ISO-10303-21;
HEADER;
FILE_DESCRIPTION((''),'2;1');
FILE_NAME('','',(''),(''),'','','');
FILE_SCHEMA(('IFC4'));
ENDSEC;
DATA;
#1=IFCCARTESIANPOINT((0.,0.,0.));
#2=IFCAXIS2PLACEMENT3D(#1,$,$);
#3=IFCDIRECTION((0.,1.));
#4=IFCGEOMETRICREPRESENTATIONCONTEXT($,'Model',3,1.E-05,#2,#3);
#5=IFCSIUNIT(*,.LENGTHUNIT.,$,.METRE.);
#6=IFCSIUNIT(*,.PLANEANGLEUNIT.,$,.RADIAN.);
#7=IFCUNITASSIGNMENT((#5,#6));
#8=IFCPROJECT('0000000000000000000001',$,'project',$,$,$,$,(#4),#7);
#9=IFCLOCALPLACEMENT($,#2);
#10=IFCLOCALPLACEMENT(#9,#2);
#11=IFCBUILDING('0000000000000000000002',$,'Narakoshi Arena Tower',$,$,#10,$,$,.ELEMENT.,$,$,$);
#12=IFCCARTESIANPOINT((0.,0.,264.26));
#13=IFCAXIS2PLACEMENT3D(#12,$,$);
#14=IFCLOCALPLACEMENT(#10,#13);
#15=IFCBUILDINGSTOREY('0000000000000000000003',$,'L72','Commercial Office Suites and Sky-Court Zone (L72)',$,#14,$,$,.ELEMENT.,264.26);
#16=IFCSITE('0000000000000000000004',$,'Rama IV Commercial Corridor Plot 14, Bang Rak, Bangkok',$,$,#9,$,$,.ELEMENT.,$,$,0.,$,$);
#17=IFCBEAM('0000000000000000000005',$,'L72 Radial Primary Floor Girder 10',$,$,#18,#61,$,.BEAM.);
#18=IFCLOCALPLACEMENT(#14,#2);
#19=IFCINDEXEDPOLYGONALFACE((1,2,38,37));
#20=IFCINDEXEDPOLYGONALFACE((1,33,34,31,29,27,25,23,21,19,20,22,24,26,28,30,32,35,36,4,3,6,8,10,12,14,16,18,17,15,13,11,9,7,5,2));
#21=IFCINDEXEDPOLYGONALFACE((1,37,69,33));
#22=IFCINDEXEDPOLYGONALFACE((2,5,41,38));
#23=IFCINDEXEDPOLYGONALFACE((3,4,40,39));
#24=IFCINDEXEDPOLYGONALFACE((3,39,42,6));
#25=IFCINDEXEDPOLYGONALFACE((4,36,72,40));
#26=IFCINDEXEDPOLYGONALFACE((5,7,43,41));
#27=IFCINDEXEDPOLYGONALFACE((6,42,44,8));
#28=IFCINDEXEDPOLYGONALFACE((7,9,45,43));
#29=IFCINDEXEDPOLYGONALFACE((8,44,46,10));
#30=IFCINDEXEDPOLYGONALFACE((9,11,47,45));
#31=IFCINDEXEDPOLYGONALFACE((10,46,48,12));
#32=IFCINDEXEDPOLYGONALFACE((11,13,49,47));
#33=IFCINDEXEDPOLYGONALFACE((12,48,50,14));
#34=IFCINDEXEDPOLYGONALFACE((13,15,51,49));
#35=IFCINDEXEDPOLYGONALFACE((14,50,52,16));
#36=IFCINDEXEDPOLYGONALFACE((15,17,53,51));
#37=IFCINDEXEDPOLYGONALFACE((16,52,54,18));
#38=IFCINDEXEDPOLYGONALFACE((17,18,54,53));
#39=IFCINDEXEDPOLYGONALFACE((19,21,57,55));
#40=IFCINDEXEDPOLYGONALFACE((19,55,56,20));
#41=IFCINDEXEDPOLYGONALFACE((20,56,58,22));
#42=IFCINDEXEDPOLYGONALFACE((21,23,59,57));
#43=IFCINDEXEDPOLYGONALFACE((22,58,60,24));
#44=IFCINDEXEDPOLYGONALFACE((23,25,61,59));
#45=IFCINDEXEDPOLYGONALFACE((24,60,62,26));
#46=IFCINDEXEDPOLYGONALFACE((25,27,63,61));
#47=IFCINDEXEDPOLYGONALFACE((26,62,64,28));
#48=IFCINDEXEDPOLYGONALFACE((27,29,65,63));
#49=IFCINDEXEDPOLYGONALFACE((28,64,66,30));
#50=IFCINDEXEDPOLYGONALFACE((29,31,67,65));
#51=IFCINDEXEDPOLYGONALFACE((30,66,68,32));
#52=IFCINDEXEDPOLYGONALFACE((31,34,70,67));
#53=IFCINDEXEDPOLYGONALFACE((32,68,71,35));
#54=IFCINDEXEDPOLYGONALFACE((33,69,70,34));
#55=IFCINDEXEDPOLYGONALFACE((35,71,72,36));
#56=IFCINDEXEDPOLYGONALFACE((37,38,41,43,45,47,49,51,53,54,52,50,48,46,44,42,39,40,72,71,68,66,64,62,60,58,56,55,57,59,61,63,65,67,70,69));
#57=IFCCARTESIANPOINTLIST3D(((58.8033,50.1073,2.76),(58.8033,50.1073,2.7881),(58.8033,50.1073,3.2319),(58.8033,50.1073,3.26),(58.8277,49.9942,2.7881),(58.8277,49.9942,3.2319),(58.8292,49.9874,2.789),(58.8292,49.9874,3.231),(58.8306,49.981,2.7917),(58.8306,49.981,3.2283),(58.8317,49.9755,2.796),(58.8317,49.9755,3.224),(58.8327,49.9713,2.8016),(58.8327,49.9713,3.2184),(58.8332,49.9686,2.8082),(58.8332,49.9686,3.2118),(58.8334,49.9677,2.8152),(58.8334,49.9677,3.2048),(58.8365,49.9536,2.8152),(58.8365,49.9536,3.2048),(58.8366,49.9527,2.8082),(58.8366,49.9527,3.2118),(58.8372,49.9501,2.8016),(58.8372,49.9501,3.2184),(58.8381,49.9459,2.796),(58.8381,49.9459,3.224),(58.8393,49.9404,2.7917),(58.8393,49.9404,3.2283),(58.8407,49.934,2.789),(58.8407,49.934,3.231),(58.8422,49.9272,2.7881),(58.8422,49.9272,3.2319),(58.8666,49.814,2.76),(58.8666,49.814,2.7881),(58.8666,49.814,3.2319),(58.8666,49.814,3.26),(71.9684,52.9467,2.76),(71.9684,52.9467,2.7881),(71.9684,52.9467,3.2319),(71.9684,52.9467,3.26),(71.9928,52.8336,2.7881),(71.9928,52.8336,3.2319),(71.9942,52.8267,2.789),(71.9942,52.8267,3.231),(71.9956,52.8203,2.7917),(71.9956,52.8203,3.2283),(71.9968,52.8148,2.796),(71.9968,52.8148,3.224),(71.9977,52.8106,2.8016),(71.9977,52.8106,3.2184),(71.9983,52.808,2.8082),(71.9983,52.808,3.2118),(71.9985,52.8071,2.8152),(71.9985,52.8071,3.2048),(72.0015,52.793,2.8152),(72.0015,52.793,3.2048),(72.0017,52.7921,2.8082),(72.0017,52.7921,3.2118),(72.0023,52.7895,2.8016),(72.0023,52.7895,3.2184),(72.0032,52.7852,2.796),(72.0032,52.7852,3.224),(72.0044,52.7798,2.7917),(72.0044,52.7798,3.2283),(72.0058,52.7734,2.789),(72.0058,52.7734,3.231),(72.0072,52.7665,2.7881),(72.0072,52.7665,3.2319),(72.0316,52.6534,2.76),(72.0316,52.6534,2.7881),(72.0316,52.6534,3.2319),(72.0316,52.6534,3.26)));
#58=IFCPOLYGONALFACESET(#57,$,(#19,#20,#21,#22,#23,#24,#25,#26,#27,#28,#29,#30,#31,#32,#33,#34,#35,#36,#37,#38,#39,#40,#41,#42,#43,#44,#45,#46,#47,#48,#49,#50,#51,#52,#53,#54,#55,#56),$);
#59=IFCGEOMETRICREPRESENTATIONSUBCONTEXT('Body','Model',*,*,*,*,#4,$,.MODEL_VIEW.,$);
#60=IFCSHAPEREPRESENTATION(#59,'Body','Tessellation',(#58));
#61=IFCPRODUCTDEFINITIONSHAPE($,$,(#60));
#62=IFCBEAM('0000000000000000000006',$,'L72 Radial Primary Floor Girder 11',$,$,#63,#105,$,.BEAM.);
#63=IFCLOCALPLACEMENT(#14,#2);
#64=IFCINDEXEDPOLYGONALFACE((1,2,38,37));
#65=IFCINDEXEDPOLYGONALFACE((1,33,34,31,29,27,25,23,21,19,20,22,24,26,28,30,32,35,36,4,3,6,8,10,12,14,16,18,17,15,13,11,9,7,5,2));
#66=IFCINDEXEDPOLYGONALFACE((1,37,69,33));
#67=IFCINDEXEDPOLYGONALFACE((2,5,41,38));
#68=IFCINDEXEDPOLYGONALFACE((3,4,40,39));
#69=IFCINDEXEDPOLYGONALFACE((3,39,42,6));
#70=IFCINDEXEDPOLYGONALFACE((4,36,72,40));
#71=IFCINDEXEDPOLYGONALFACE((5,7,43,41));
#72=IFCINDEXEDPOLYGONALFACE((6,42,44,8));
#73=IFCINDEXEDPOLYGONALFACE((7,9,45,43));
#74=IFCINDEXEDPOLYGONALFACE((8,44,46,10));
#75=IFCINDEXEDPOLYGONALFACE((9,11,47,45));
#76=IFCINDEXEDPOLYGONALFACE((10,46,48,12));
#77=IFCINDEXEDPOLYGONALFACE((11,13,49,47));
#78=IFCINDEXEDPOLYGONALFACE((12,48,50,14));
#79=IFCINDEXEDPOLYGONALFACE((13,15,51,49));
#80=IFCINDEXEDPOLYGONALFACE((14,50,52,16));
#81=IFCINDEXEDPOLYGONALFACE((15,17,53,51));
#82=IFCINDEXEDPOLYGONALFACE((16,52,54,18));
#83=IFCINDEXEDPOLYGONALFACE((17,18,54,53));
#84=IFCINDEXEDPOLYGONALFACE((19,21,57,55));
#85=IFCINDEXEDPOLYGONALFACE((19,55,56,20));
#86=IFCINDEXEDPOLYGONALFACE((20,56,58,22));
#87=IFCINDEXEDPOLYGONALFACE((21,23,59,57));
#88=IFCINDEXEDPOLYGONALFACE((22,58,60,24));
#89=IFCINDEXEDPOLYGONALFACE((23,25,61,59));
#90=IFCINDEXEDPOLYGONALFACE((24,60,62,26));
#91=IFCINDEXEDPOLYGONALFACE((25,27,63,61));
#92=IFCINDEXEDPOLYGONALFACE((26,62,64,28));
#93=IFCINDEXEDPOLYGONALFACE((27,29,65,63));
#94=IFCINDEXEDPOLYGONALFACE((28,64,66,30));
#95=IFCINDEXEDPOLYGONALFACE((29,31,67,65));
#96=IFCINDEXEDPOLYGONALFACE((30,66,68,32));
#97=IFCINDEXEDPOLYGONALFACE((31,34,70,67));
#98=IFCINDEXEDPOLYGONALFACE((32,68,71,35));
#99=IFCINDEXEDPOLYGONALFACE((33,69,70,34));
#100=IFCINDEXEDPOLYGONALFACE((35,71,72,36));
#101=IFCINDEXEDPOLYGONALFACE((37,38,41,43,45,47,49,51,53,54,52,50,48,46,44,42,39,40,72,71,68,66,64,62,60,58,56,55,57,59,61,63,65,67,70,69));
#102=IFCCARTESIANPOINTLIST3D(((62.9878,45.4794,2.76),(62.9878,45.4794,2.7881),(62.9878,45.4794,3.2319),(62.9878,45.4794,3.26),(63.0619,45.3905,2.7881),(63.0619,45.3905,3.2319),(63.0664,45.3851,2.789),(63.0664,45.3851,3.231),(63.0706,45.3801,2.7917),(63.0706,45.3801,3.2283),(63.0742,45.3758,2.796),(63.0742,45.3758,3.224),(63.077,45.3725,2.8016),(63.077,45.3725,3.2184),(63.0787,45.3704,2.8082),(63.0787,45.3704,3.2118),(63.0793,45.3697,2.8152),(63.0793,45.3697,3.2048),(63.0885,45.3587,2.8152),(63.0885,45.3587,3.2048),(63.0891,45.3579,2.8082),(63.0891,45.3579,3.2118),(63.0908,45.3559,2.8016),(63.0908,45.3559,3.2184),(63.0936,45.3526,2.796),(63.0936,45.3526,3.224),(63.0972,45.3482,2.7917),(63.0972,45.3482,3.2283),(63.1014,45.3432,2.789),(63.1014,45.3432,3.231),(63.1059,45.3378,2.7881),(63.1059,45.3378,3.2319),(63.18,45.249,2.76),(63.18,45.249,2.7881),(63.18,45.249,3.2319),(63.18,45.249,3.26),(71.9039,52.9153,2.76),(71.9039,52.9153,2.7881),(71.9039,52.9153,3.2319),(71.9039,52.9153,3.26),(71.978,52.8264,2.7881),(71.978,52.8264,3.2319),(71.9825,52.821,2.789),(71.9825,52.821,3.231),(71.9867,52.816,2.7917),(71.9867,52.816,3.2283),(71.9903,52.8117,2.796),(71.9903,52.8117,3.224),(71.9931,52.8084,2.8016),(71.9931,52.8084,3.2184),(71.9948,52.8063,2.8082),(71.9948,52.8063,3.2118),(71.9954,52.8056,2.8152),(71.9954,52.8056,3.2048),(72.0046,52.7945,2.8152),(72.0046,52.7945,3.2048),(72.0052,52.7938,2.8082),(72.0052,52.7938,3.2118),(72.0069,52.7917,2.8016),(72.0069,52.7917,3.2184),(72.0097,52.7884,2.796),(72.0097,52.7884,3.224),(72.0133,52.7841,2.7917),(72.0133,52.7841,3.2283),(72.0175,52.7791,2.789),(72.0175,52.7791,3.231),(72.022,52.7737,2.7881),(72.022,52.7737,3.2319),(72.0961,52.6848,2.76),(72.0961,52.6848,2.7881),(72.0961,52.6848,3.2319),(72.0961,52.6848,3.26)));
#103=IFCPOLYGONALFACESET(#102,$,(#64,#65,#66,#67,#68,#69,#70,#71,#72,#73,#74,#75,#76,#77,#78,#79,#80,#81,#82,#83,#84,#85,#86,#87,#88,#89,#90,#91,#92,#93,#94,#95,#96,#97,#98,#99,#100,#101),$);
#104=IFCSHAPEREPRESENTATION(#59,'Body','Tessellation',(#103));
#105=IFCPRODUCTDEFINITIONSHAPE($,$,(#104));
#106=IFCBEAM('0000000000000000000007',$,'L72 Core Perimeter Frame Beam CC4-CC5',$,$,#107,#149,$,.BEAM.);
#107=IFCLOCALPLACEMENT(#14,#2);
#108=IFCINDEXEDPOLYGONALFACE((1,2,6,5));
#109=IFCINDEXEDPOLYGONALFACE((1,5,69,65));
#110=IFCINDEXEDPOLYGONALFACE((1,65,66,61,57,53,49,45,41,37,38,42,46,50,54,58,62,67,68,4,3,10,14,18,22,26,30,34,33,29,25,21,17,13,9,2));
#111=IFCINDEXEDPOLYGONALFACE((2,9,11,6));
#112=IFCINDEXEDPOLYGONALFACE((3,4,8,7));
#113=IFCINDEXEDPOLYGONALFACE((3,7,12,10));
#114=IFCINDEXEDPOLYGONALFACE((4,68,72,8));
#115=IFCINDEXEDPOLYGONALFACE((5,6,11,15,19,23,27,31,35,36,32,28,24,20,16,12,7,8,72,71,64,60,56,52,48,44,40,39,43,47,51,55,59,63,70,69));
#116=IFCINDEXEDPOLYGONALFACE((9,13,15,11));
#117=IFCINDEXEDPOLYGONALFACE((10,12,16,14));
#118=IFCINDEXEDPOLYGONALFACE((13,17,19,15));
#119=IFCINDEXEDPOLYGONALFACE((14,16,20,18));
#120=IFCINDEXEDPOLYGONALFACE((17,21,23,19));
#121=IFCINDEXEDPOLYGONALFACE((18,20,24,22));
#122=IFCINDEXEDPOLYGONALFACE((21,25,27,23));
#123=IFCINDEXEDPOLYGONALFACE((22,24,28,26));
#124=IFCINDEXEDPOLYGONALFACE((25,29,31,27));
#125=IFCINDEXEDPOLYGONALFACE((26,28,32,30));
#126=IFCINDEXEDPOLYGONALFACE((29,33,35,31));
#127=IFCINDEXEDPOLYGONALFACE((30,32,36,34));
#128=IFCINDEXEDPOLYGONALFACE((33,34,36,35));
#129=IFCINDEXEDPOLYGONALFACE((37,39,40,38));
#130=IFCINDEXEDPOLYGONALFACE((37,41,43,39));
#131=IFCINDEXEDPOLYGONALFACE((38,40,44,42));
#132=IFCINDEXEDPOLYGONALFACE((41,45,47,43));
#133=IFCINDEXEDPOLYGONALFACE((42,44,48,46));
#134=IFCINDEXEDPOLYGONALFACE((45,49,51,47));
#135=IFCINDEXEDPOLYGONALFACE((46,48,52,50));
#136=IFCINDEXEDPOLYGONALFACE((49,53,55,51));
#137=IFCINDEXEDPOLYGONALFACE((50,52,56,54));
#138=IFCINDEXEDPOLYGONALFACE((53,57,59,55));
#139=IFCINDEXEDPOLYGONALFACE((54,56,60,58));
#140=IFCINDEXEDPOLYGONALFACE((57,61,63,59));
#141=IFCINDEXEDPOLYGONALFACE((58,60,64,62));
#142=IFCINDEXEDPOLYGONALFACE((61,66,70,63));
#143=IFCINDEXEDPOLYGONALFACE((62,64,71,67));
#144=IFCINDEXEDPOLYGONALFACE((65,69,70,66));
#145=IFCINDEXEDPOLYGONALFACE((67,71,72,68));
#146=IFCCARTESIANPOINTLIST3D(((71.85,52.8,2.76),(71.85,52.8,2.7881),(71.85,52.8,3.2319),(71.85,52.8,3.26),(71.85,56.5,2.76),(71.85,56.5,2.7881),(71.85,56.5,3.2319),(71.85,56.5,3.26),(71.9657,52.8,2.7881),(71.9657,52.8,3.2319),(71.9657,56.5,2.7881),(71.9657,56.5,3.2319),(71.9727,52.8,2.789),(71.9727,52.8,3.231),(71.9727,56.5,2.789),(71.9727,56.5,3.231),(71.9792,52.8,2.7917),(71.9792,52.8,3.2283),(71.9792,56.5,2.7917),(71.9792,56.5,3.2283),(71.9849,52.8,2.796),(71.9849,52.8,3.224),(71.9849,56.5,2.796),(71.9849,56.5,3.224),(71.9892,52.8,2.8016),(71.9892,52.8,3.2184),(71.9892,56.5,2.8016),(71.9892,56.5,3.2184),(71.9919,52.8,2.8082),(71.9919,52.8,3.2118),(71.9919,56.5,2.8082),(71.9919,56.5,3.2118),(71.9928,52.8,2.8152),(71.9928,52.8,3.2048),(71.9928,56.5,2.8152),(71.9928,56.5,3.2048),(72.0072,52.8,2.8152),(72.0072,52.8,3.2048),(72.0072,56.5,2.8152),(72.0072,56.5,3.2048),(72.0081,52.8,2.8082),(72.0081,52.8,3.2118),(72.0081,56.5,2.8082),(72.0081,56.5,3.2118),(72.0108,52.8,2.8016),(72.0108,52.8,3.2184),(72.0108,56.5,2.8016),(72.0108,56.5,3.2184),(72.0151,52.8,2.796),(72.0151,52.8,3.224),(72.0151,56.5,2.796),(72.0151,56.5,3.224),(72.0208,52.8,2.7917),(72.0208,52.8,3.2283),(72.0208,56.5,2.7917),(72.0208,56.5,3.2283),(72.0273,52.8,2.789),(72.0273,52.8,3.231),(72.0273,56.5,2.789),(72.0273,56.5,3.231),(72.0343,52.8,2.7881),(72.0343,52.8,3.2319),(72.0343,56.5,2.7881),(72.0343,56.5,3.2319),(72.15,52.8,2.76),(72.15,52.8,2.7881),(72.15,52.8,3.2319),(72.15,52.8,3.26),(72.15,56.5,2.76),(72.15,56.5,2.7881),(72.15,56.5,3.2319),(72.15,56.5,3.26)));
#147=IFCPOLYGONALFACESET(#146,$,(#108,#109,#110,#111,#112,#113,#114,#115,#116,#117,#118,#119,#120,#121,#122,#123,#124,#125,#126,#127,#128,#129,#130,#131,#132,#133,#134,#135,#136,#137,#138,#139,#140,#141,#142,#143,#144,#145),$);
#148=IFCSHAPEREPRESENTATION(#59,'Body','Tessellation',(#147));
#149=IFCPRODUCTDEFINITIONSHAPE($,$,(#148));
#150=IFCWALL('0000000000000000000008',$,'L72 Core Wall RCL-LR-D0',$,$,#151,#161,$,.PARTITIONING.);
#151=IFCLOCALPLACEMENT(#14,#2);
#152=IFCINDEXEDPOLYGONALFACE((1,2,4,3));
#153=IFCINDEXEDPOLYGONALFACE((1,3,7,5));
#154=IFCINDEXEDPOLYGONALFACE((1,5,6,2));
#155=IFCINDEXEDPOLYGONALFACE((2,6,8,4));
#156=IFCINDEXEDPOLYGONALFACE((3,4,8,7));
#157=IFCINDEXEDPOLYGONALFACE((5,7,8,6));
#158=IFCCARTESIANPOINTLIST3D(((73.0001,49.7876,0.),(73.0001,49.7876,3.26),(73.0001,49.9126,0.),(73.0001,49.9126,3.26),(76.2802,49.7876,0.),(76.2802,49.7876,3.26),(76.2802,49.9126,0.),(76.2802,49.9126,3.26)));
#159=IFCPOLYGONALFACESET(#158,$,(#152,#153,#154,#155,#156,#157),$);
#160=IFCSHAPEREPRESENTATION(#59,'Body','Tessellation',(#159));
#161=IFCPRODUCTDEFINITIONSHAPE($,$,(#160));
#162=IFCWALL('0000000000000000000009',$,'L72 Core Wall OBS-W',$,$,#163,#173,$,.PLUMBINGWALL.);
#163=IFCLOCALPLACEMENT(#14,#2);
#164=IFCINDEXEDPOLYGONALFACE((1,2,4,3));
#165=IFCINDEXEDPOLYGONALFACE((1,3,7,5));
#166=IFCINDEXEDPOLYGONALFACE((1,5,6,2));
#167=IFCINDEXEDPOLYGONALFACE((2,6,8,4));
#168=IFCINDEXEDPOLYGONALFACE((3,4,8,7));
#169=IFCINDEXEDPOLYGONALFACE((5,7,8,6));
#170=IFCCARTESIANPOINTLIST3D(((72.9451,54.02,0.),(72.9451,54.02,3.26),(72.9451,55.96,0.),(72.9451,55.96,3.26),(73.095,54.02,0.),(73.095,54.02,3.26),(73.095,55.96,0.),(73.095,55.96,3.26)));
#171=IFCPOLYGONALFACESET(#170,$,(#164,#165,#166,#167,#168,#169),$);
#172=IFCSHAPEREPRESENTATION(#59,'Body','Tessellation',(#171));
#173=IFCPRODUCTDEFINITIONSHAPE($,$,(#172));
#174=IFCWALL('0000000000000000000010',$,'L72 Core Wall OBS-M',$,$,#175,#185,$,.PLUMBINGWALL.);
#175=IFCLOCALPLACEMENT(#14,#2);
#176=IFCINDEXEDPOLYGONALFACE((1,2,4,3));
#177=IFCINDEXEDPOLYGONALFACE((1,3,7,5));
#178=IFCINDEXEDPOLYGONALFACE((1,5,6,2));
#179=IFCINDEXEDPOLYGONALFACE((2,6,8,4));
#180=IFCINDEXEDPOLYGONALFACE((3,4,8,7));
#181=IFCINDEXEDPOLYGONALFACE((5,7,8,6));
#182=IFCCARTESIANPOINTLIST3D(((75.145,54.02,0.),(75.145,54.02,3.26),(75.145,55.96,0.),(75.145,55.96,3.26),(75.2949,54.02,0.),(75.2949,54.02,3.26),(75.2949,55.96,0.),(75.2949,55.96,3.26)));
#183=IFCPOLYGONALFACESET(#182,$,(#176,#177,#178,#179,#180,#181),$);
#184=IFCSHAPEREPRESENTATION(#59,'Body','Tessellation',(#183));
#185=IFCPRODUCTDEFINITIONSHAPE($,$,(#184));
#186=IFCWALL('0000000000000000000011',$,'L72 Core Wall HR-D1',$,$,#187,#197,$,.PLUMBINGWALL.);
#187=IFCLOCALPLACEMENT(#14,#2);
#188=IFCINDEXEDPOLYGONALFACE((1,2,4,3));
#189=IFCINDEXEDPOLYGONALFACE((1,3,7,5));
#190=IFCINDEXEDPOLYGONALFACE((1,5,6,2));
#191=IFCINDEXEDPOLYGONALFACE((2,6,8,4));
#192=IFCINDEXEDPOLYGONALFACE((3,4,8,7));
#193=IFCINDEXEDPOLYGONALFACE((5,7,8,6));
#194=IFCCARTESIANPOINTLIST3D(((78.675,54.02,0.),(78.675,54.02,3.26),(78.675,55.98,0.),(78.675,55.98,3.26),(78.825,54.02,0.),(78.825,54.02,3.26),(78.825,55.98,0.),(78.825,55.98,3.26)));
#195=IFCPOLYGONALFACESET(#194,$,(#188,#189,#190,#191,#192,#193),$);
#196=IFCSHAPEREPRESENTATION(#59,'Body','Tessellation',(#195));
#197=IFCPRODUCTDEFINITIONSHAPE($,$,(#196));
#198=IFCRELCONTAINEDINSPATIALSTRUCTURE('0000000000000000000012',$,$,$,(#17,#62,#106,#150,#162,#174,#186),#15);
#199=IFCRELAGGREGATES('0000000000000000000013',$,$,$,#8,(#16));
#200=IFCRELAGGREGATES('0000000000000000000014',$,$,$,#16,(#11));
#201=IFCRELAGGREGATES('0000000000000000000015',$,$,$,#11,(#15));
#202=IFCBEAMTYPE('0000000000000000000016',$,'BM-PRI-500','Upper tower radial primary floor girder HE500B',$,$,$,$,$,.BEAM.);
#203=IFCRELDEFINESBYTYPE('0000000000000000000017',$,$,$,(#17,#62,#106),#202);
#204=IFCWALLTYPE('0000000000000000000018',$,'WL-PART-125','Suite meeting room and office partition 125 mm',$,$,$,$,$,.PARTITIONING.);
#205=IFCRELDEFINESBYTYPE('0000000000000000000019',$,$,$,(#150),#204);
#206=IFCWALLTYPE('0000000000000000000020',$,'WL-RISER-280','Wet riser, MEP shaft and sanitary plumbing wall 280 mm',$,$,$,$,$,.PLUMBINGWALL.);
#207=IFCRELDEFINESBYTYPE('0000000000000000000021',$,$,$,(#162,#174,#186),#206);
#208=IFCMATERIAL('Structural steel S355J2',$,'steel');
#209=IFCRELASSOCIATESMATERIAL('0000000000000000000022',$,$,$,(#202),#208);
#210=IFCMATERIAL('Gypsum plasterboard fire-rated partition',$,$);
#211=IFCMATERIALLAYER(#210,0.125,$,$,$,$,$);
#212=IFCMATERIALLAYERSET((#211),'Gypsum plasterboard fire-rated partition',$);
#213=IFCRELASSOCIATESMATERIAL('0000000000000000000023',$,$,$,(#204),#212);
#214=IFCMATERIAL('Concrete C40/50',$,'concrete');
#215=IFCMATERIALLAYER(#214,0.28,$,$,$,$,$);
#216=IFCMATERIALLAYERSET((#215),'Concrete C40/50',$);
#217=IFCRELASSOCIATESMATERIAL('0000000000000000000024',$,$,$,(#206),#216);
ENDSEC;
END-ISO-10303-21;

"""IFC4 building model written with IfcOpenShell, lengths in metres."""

from ifc_helpers import new_model, si_unit, direction, frame, frame_2d, origin, origin_2d, place, context, subcontext, project, spatial, rectangle, i_section, extrude, material, layer, layer_set, material_profile, profile_set, type_object, element, save


model = new_model("IFC4")

# Units and contexts
model_context = context("Model", 3, precision=1e-05, world=origin(), true_north=direction((0.0, 1.0)))
body_context = subcontext(model_context, "Body", "Model", "MODEL_VIEW")
ifc_project = project(units=[si_unit("LENGTHUNIT", "METRE"), si_unit("PLANEANGLEUNIT", "RADIAN")], contexts=[model_context])

# Site, building, storey
site_placement = place(None, origin())
site = spatial("IfcSite", under=ifc_project, at=site_placement, Name="Rama IV Commercial Corridor Plot 14, Bang Rak, Bangkok", CompositionType="ELEMENT", RefElevation=0.0)
building_placement = place(site_placement, origin())
building = spatial("IfcBuilding", under=site, at=building_placement, Name="Narakoshi Arena Tower", CompositionType="ELEMENT")
storey_placement = place(building_placement, frame((0.0, 0.0, 264.26)))
storey = spatial("IfcBuildingStorey", under=building, at=storey_placement, Name="L72", Description="Commercial Office Suites and Sky-Court Zone (L72)", CompositionType="ELEMENT", Elevation=264.26)

# Beams
ifc_material_1 = material(Name="Structural steel S355J2", Category="steel")
ifc_material_profile = material_profile(ifc_material_1, i_section(OverallWidth=0.3, OverallDepth=0.5, WebThickness=0.0144, FlangeThickness=0.0281, FilletRadius=0.0271, at=origin_2d()), Name="HE500B")
ifc_profile_set = profile_set([ifc_material_profile], Name="Structural steel S355J2")
beam_type = type_object("IfcBeamType", Name="BM-PRI-500", Description="Upper tower radial primary floor girder HE500B", PredefinedType="BEAM", material=ifc_profile_set)
beam_1_placement = place(storey_placement, frame((72.0, 52.8, 3.01), z_axis=(-0.977524, -0.210826, 0.0), x_axis=(0.210826, -0.977524, 0.0)))
element("IfcBeam", 1, at=beam_1_placement, inside=storey, type_object=beam_type, Name="L72 Radial Primary Floor Girder 10", PredefinedType="BEAM", context=body_context, shape_type="SweptSolid", body=[
    extrude(i_section(OverallWidth=0.3, OverallDepth=0.5, WebThickness=0.0144, FlangeThickness=0.0281, FilletRadius=0.0271, at=origin_2d()), origin(), (0.0, 0.0, 1.0), 13.4678),
])
beam_2_placement = place(storey_placement, frame((72.0, 52.8, 3.01), z_axis=(-0.767976, -0.640478, 0.0), x_axis=(0.640478, -0.767976, 0.0)))
element("IfcBeam", 2, at=beam_2_placement, inside=storey, type_object=beam_type, Name="L72 Radial Primary Floor Girder 11", PredefinedType="BEAM", context=body_context, shape_type="SweptSolid", body=[
    extrude(i_section(OverallWidth=0.3, OverallDepth=0.5, WebThickness=0.0144, FlangeThickness=0.0281, FilletRadius=0.0271, at=origin_2d()), origin(), (0.0, 0.0, 1.0), 11.6099),
])
beam_3_placement = place(storey_placement, frame((72.0, 52.8, 3.01), z_axis=(0.0, 1.0, 0.0), x_axis=(-1.0, 0.0, 0.0)))
element("IfcBeam", 3, at=beam_3_placement, inside=storey, type_object=beam_type, Name="L72 Core Perimeter Frame Beam CC4-CC5", PredefinedType="BEAM", context=body_context, shape_type="SweptSolid", body=[
    extrude(i_section(OverallWidth=0.3, OverallDepth=0.5, WebThickness=0.0144, FlangeThickness=0.0281, FilletRadius=0.0271, at=origin_2d()), origin(), (0.0, 0.0, 1.0), 3.7),
])

# Walls
ifc_material_2 = material(Name="Gypsum plasterboard fire-rated partition")
ifc_layer_1 = layer(ifc_material_2, 0.125)
ifc_layer_set_1 = layer_set([ifc_layer_1], Name="Gypsum plasterboard fire-rated partition")
wall_type_1 = type_object("IfcWallType", Name="WL-PART-125", Description="Suite meeting room and office partition 125 mm", PredefinedType="PARTITIONING", material=ifc_layer_set_1)
wall_1_placement = place(storey_placement, frame((73.0, 49.8501, 0.0), z_axis=(0.0, 0.0, 1.0), x_axis=(1.0, 0.0, 0.0)))
element("IfcWall", 4, at=wall_1_placement, inside=storey, type_object=wall_type_1, Name="L72 Core Wall RCL-LR-D0", PredefinedType="PARTITIONING", context=body_context, shape_type="SweptSolid", body=[
    extrude(rectangle(XDim=3.28, YDim=0.125, at=frame_2d((1.6401, 0.0))), origin(), (0.0, 0.0, 1.0), 3.26),
])
ifc_material_3 = material(Name="Concrete C40/50", Category="concrete")
ifc_layer_2 = layer(ifc_material_3, 0.28)
ifc_layer_set_2 = layer_set([ifc_layer_2], Name="Concrete C40/50")
wall_type_2 = type_object("IfcWallType", Name="WL-RISER-280", Description="Wet riser, MEP shaft and sanitary plumbing wall 280 mm", PredefinedType="PLUMBINGWALL", material=ifc_layer_set_2)
for number, where, z_axis, x_axis, name in (
    (5, (73.02, 54.02, 0.0), (0.0, 0.0, 1.0), (0.0, 1.0, 0.0), "L72 Core Wall OBS-W"),
    (6, (75.22, 54.02, 0.0), (0.0, 0.0, 1.0), (0.0, 1.0, 0.0), "L72 Core Wall OBS-M"),
):
    element("IfcWall", number, at=place(storey_placement, frame(where, z_axis=z_axis, x_axis=x_axis)), inside=storey, type_object=wall_type_2, Name=name, PredefinedType="PLUMBINGWALL", context=body_context, shape_type="SweptSolid", body=[
        extrude(rectangle(XDim=1.9399, YDim=0.1499, at=frame_2d((0.97, 0.0))), origin(), (0.0, 0.0, 1.0), 3.26),
    ])
wall_2_placement = place(storey_placement, frame((78.75, 54.02, 0.0), z_axis=(0.0, 0.0, 1.0), x_axis=(0.0, 1.0, 0.0)))
element("IfcWall", 7, at=wall_2_placement, inside=storey, type_object=wall_type_2, Name="L72 Core Wall HR-D1", PredefinedType="PLUMBINGWALL", context=body_context, shape_type="SweptSolid", body=[
    extrude(rectangle(XDim=1.96, YDim=0.1499, at=frame_2d((0.98, 0.0))), origin(), (0.0, 0.0, 1.0), 3.26),
])

save(model, "model.ifc")
